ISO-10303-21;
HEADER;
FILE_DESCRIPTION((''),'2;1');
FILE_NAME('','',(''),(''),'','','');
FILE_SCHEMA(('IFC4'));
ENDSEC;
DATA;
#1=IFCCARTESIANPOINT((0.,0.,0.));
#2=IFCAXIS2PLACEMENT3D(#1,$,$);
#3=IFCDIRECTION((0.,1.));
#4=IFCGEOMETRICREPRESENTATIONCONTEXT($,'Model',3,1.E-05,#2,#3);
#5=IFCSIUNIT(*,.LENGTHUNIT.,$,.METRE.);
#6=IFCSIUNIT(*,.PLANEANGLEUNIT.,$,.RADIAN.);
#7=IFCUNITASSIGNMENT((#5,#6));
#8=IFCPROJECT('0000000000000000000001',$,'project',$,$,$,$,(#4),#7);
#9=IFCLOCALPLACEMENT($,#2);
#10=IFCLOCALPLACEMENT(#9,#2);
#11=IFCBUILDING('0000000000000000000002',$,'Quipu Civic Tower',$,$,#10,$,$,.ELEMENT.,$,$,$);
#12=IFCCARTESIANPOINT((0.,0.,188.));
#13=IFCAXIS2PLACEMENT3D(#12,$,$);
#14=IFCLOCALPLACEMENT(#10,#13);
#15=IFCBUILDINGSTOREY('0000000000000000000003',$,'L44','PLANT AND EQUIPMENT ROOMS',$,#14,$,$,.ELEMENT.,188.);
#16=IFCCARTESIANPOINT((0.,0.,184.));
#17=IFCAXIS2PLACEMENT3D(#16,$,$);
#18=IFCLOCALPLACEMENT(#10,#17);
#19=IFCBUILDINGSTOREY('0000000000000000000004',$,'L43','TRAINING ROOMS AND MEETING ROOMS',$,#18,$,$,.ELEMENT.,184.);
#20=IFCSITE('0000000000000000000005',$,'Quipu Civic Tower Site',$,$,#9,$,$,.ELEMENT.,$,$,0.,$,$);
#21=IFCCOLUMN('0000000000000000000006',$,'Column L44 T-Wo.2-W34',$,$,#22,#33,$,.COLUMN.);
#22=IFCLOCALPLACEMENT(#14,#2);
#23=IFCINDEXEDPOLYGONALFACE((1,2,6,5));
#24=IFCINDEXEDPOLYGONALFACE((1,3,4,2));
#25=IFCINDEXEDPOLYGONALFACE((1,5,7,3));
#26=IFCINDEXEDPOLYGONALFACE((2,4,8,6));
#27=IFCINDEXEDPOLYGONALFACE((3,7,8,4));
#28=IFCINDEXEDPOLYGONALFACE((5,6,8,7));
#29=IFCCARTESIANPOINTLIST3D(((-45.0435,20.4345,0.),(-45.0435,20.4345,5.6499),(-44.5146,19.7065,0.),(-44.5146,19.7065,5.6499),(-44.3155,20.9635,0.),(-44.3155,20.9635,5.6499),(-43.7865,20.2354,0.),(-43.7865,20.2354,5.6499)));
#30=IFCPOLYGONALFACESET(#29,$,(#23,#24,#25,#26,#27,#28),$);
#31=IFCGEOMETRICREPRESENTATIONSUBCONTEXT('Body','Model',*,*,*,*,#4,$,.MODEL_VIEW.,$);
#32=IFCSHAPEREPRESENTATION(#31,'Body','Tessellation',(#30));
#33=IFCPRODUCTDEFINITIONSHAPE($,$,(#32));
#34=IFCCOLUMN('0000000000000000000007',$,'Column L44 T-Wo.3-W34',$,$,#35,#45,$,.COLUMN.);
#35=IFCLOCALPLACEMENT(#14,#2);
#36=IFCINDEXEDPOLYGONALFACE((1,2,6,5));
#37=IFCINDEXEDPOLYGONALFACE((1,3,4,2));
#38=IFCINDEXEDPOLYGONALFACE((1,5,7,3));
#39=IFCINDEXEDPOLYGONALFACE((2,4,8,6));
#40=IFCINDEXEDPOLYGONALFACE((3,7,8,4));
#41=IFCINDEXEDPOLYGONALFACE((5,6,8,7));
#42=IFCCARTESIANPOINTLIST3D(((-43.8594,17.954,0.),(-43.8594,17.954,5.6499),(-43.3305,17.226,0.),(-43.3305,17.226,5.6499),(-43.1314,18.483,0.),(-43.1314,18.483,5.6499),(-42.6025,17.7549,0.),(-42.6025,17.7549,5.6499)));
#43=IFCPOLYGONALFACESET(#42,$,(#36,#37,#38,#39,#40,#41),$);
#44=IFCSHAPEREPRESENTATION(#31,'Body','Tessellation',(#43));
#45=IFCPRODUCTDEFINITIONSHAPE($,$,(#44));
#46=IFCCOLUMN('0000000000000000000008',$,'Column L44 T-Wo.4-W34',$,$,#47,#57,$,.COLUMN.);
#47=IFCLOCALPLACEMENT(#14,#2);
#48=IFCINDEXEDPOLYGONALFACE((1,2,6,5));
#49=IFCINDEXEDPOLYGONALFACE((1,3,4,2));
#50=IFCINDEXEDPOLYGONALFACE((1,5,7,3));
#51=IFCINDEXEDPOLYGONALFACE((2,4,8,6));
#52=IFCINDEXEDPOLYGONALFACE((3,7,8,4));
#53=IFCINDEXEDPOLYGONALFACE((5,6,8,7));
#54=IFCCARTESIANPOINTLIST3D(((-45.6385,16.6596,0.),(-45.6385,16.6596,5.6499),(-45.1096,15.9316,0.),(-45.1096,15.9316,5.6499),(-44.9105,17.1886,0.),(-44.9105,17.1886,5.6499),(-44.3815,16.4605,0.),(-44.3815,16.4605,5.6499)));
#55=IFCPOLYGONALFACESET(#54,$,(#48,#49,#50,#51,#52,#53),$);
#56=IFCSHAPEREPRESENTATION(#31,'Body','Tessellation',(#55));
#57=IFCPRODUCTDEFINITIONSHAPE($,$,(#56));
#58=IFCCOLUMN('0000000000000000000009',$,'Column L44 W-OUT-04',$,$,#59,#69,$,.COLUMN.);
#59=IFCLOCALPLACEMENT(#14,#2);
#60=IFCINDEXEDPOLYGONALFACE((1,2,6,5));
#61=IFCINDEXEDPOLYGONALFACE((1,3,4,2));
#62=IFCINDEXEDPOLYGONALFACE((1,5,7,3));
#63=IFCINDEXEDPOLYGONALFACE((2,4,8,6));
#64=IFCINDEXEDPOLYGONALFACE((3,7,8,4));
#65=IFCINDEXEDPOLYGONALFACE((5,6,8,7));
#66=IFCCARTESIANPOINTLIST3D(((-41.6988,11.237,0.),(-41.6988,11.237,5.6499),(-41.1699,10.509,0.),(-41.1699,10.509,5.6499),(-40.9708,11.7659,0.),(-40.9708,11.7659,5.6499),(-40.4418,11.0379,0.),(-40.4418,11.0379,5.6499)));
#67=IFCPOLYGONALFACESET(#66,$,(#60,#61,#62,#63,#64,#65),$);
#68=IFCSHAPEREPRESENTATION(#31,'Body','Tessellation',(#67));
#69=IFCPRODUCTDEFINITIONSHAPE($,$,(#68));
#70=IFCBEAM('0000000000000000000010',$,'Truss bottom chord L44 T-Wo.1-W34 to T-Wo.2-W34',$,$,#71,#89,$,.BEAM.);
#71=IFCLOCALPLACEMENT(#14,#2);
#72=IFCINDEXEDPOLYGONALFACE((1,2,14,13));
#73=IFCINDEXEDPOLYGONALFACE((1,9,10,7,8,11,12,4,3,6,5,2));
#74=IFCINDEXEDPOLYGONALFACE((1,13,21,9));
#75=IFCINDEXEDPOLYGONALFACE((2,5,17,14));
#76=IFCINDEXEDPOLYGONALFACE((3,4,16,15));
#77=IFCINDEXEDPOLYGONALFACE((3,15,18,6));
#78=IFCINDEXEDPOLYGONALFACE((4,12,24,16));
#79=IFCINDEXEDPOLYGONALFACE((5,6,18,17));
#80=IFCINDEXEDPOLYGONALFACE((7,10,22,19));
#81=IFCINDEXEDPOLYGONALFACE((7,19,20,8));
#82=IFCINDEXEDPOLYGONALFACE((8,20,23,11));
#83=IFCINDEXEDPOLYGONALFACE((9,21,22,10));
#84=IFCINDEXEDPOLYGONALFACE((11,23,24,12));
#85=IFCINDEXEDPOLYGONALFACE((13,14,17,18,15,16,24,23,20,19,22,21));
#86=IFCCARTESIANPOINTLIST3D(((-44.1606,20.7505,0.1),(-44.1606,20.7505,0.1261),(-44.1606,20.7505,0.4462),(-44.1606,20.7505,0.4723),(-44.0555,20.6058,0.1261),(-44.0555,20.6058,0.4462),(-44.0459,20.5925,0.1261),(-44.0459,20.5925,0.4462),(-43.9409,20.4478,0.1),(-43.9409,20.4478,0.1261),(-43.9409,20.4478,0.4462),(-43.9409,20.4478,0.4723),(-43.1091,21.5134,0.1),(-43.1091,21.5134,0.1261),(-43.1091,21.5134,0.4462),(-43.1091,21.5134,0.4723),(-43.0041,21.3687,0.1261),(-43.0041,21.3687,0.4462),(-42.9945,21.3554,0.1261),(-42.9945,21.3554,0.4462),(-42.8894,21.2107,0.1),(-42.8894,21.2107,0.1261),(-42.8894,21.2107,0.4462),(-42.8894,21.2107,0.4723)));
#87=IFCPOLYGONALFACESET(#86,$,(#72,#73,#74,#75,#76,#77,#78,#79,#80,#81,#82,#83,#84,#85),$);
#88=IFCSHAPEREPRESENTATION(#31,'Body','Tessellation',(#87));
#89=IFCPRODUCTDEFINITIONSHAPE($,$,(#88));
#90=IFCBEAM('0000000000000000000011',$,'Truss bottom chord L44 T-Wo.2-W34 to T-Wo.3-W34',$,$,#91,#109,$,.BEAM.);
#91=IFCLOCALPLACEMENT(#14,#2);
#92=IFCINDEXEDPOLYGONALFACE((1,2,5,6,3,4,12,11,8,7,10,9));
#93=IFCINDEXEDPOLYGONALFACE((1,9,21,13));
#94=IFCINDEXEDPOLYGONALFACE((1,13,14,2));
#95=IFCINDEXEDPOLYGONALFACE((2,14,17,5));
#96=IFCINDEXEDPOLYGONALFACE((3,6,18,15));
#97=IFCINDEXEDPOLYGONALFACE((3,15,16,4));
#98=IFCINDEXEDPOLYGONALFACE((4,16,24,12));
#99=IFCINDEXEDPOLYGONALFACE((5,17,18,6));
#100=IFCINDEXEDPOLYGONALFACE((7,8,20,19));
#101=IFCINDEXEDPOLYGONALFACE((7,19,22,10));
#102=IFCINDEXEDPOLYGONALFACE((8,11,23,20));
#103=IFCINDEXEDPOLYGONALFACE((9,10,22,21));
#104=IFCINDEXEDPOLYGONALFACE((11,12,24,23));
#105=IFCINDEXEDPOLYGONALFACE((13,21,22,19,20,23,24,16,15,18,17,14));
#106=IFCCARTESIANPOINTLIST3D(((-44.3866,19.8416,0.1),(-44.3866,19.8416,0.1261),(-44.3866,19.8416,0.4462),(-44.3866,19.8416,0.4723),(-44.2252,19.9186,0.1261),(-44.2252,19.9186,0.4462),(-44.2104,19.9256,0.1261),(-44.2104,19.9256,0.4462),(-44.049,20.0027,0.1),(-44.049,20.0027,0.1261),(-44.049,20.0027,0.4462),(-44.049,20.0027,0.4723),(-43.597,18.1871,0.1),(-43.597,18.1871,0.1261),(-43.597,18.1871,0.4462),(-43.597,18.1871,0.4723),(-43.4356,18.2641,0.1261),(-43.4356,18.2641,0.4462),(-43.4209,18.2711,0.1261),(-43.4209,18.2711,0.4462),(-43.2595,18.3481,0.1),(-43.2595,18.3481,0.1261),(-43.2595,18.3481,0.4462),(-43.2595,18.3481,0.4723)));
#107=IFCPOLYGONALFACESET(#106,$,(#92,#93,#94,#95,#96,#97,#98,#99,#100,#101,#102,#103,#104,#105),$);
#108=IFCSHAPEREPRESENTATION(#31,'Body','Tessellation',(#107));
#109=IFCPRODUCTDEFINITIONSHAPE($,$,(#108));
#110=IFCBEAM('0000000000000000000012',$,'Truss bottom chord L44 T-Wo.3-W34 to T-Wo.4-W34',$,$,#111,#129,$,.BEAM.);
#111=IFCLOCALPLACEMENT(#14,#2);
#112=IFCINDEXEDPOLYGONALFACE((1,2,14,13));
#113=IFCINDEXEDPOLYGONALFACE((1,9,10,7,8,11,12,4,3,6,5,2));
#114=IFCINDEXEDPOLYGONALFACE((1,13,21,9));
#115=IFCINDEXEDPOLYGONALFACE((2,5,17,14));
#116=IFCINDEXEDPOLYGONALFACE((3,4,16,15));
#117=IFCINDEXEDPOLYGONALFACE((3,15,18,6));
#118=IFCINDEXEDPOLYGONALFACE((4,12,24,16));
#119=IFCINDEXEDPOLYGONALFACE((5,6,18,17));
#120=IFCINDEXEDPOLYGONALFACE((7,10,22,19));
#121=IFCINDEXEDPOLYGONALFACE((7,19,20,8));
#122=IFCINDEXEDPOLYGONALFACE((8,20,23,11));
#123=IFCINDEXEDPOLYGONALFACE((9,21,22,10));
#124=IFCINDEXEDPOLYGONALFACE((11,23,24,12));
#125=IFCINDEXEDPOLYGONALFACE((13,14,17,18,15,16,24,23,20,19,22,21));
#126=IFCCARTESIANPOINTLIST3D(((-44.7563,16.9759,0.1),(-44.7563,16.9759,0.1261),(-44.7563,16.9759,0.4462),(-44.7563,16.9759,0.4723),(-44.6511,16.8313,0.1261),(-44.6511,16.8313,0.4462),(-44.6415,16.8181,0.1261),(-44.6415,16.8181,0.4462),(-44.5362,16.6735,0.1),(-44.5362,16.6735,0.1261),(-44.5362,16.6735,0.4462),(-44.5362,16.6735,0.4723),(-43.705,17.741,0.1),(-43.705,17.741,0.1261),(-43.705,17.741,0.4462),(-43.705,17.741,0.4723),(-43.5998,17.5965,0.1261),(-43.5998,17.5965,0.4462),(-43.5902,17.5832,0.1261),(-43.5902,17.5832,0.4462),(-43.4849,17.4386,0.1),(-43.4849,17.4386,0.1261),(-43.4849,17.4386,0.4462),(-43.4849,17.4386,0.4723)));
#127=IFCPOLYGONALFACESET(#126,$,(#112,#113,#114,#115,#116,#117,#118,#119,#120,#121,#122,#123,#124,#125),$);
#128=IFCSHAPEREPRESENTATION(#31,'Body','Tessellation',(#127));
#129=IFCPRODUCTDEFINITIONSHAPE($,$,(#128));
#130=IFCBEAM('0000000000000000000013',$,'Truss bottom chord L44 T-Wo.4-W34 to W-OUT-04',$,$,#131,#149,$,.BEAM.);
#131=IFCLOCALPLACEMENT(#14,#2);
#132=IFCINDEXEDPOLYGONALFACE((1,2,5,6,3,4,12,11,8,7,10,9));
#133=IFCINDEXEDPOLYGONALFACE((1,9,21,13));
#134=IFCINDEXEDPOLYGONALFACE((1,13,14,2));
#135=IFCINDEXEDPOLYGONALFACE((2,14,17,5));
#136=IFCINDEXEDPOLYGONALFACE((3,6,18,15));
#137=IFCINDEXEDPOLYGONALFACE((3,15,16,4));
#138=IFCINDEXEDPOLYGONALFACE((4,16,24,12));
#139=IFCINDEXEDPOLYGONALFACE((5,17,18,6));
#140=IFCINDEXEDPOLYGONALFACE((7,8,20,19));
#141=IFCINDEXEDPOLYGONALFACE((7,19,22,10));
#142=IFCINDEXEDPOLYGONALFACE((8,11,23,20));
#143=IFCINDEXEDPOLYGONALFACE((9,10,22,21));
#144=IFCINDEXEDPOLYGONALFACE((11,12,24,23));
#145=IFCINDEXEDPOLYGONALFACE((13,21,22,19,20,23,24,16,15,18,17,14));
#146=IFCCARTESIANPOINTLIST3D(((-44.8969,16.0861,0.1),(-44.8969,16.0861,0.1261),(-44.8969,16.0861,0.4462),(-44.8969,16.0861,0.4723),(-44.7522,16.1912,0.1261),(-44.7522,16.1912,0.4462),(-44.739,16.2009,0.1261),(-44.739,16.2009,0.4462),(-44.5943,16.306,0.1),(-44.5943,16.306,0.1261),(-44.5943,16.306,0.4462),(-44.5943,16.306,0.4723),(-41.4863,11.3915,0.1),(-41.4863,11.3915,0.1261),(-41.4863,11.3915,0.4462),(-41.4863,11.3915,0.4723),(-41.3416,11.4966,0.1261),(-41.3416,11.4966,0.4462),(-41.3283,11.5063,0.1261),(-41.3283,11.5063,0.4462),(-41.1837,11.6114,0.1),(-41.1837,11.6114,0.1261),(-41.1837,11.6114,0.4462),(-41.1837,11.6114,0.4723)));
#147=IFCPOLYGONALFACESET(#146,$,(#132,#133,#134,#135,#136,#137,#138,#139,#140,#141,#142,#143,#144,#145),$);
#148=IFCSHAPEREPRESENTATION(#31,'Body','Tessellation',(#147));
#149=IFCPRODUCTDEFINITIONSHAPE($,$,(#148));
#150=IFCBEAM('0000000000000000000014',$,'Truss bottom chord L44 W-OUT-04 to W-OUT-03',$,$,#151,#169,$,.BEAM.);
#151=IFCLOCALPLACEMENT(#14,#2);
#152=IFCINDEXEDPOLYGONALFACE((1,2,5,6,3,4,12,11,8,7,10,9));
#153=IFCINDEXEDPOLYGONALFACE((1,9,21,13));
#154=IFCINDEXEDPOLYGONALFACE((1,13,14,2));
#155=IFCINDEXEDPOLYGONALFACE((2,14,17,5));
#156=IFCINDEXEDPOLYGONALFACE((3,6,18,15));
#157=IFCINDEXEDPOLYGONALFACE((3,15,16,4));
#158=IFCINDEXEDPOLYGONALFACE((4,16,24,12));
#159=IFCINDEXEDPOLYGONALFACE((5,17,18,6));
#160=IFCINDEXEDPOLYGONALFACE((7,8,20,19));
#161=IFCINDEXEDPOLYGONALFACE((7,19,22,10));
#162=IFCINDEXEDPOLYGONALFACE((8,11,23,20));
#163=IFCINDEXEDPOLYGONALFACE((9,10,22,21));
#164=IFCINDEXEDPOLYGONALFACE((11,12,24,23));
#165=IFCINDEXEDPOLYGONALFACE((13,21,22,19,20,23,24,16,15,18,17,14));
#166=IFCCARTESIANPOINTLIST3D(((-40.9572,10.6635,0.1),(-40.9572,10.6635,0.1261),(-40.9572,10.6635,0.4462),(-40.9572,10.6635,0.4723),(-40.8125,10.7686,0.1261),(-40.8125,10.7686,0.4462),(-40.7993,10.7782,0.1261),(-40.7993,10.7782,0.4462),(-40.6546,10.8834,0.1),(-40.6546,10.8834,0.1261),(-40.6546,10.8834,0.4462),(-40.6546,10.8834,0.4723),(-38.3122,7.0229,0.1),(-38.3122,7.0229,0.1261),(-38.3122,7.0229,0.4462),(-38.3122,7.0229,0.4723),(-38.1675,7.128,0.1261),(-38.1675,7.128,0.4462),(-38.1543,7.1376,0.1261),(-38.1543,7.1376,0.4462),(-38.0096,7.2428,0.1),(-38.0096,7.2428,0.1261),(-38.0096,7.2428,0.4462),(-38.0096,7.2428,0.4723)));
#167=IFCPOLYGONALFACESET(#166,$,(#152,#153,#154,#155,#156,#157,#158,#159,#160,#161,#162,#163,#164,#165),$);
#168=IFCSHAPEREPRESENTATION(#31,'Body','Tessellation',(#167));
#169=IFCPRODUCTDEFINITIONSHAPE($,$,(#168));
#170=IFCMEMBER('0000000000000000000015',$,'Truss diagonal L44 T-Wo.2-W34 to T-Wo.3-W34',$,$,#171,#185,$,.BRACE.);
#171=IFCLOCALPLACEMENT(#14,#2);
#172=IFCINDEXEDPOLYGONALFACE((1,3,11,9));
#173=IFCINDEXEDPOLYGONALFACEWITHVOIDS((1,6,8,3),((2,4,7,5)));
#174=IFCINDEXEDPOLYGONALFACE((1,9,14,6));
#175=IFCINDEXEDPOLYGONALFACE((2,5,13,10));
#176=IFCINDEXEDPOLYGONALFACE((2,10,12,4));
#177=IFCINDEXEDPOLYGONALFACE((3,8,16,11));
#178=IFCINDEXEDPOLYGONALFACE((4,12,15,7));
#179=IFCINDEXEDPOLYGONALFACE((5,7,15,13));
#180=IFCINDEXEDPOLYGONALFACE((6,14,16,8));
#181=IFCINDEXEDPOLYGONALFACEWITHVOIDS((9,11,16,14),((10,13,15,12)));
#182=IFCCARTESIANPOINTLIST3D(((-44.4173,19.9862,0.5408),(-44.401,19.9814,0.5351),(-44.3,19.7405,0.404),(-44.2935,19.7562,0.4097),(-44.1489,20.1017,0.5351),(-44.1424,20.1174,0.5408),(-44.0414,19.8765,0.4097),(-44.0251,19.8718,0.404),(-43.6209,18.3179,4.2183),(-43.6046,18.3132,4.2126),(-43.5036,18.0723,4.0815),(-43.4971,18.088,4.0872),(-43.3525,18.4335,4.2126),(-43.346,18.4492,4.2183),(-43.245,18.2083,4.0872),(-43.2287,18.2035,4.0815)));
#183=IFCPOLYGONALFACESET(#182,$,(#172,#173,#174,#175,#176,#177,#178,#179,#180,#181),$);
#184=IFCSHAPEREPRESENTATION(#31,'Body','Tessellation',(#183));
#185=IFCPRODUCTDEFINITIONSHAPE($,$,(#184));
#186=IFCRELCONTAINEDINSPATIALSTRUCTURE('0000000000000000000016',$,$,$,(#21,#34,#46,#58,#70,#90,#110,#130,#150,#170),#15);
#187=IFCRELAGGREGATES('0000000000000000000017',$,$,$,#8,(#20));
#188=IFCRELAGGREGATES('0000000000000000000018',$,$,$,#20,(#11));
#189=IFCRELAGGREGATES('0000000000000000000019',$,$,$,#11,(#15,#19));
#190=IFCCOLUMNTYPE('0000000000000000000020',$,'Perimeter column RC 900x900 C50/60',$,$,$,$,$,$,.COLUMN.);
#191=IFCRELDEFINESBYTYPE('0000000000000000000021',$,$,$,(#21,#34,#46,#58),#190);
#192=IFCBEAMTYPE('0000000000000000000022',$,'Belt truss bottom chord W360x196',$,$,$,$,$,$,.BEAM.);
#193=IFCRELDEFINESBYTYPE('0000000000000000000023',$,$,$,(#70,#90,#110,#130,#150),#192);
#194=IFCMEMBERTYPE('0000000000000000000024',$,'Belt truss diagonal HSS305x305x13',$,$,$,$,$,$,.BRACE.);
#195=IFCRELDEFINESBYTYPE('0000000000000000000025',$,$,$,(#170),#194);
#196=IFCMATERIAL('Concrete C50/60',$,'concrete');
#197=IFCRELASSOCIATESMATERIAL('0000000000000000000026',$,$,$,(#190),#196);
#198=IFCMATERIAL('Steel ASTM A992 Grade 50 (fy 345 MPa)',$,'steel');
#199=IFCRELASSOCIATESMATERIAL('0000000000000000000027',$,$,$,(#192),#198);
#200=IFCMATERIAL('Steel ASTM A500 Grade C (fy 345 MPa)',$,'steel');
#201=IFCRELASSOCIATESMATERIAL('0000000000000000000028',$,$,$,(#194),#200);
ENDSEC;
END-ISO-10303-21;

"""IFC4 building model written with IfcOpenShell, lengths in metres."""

from ifc_helpers import new_model, si_unit, direction, frame, origin, origin_2d, place, context, subcontext, project, spatial, rectangle, hollow_rectangle, i_section, extrude, material, material_profile, profile_set, type_object, element, save


model = new_model("IFC4")

# Units and contexts
model_context = context("Model", 3, precision=1e-05, world=origin(), true_north=direction((0.0, 1.0)))
body_context = subcontext(model_context, "Body", "Model", "MODEL_VIEW")
ifc_project = project(units=[si_unit("LENGTHUNIT", "METRE"), si_unit("PLANEANGLEUNIT", "RADIAN")], contexts=[model_context])

# Site, building, storey
site_placement = place(None, origin())
site = spatial("IfcSite", under=ifc_project, at=site_placement, Name="Quipu Civic Tower Site", CompositionType="ELEMENT", RefElevation=0.0)
building_placement = place(site_placement, origin())
building = spatial("IfcBuilding", under=site, at=building_placement, Name="Quipu Civic Tower", CompositionType="ELEMENT")
storey_1_placement = place(building_placement, frame((0.0, 0.0, 188.0)))
storey_1 = spatial("IfcBuildingStorey", under=building, at=storey_1_placement, Name="L44", Description="PLANT AND EQUIPMENT ROOMS", CompositionType="ELEMENT", Elevation=188.0)

# Columns
ifc_material_1 = material(Name="Concrete C50/60", Category="concrete")
ifc_material_profile_1 = material_profile(ifc_material_1, rectangle(XDim=0.8999, YDim=0.8999, at=origin_2d()), Name="RC900x900")
ifc_profile_set_1 = profile_set([ifc_material_profile_1], Name="Concrete C50/60")
column_type = type_object("IfcColumnType", Name="Perimeter column RC 900x900 C50/60", PredefinedType="COLUMN", material=ifc_profile_set_1)
for number, where, z_axis, x_axis, name in (
    (1, (-44.415, 20.335, 0.0), (0.0, 0.0, 1.0), (0.587785, -0.809017, 0.0), "Column L44 T-Wo.2-W34"),
    (2, (-43.231, 17.8545, 0.0), (0.0, 0.0, 1.0), (0.587785, -0.809017, 0.0), "Column L44 T-Wo.3-W34"),
    (3, (-45.01, 16.5601, 0.0), (0.0, 0.0, 1.0), (0.587785, -0.809017, 0.0), "Column L44 T-Wo.4-W34"),
    (4, (-41.0703, 11.1375, 0.0), (0.0, 0.0, 1.0), (0.587785, -0.809017, 0.0), "Column L44 W-OUT-04"),
):
    element("IfcColumn", number, at=place(storey_1_placement, frame(where, z_axis=z_axis, x_axis=x_axis)), inside=storey_1, type_object=column_type, Name=name, PredefinedType="COLUMN", context=body_context, shape_type="SweptSolid", body=[
        extrude(rectangle(XDim=0.8999, YDim=0.8999, at=origin_2d()), origin(), (0.0, 0.0, 1.0), 5.6499),
    ])

# Beams
ifc_material_2 = material(Name="Steel ASTM A992 Grade 50 (fy 345 MPa)", Category="steel")
ifc_material_profile_2 = material_profile(ifc_material_2, i_section(OverallWidth=0.374, OverallDepth=0.3723, WebThickness=0.0164, FlangeThickness=0.0261, at=origin_2d()), Name="W360x196")
ifc_profile_set_2 = profile_set([ifc_material_profile_2], Name="Steel ASTM A992 Grade 50 (fy 345 MPa)")
beam_type_1 = type_object("IfcBeamType", Name="Belt truss bottom chord W360x196", PredefinedType="BEAM", material=ifc_profile_set_2)
beam_1_placement = place(storey_1_placement, frame((-42.9993, 21.3621, 0.2861), z_axis=(-0.809394, -0.587266, 0.0), x_axis=(0.587266, -0.809394, 0.0)))
element("IfcBeam", 5, at=beam_1_placement, inside=storey_1, type_object=beam_type_1, Name="Truss bottom chord L44 T-Wo.1-W34 to T-Wo.2-W34", PredefinedType="BEAM", context=body_context, shape_type="SweptSolid", body=[
    extrude(i_section(OverallWidth=0.374, OverallDepth=0.3723, WebThickness=0.0164, FlangeThickness=0.0261, at=origin_2d()), origin(), (0.0, 0.0, 1.0), 1.2991),
])
beam_2_placement = place(storey_1_placement, frame((-44.2178, 19.9221, 0.2861), z_axis=(0.430678, -0.902506, 0.0), x_axis=(0.902506, 0.430678, 0.0)))
element("IfcBeam", 6, at=beam_2_placement, inside=storey_1, type_object=beam_type_1, Name="Truss bottom chord L44 T-Wo.2-W34 to T-Wo.3-W34", PredefinedType="BEAM", context=body_context, shape_type="SweptSolid", body=[
    extrude(i_section(OverallWidth=0.374, OverallDepth=0.3723, WebThickness=0.0164, FlangeThickness=0.0261, at=origin_2d()), origin(), (0.0, 0.0, 1.0), 1.8333),
])
beam_3_placement = place(storey_1_placement, frame((-43.595, 17.5898, 0.2861), z_axis=(-0.808525, -0.588462, 0.0), x_axis=(0.588462, -0.808525, 0.0)))
element("IfcBeam", 7, at=beam_3_placement, inside=storey_1, type_object=beam_type_1, Name="Truss bottom chord L44 T-Wo.3-W34 to T-Wo.4-W34", PredefinedType="BEAM", context=body_context, shape_type="SweptSolid", body=[
    extrude(i_section(OverallWidth=0.374, OverallDepth=0.3723, WebThickness=0.0164, FlangeThickness=0.0261, at=origin_2d()), origin(), (0.0, 0.0, 1.0), 1.3003),
])
beam_4_placement = place(storey_1_placement, frame((-44.7456, 16.196, 0.2861), z_axis=(0.587766, -0.809031, 0.0), x_axis=(0.809031, 0.587766, 0.0)))
element("IfcBeam", 8, at=beam_4_placement, inside=storey_1, type_object=beam_type_1, Name="Truss bottom chord L44 T-Wo.4-W34 to W-OUT-04", PredefinedType="BEAM", context=body_context, shape_type="SweptSolid", body=[
    extrude(i_section(OverallWidth=0.374, OverallDepth=0.3723, WebThickness=0.0164, FlangeThickness=0.0261, at=origin_2d()), origin(), (0.0, 0.0, 1.0), 5.8027),
])
beam_5_placement = place(storey_1_placement, frame((-40.8059, 10.7734, 0.2861), z_axis=(0.587778, -0.809022, 0.0), x_axis=(0.809022, 0.587778, 0.0)))
element("IfcBeam", 9, at=beam_5_placement, inside=storey_1, type_object=beam_type_1, Name="Truss bottom chord L44 W-OUT-04 to W-OUT-03", PredefinedType="BEAM", context=body_context, shape_type="SweptSolid", body=[
    extrude(i_section(OverallWidth=0.374, OverallDepth=0.3723, WebThickness=0.0164, FlangeThickness=0.0261, at=origin_2d()), origin(), (0.0, 0.0, 1.0), 4.5),
])

# Member
ifc_material_3 = material(Name="Steel ASTM A500 Grade C (fy 345 MPa)", Category="steel")
ifc_material_profile_3 = material_profile(ifc_material_3, hollow_rectangle(XDim=0.3047, YDim=0.3047, WallThickness=0.0127, at=origin_2d()), Name="HSS305x305x13")
ifc_profile_set_3 = profile_set([ifc_material_profile_3], Name="Steel ASTM A500 Grade C (fy 345 MPa)")
member_type_1 = type_object("IfcMemberType", Name="Belt truss diagonal HSS305x305x13", PredefinedType="BRACE", material=ifc_profile_set_3)
member_1_placement = place(storey_1_placement, frame((-44.2212, 19.929, 0.4724), z_axis=(0.193488, -0.405304, 0.893472), x_axis=(0.90244, 0.430815, 0.0)))
element("IfcMember", 10, at=member_1_placement, inside=storey_1, type_object=member_type_1, Name="Truss diagonal L44 T-Wo.2-W34 to T-Wo.3-W34", PredefinedType="BRACE", context=body_context, shape_type="SweptSolid", body=[
    extrude(hollow_rectangle(XDim=0.3047, YDim=0.3047, WallThickness=0.0127, at=origin_2d()), origin(), (0.0, 0.0, 1.0), 4.116),
])

# Shared definitions
storey_2_placement = place(building_placement, frame((0.0, 0.0, 184.0)))
storey_2 = spatial("IfcBuildingStorey", under=building, at=storey_2_placement, Name="L43", Description="TRAINING ROOMS AND MEETING ROOMS", CompositionType="ELEMENT", Elevation=184.0)

save(model, "model.ifc")
